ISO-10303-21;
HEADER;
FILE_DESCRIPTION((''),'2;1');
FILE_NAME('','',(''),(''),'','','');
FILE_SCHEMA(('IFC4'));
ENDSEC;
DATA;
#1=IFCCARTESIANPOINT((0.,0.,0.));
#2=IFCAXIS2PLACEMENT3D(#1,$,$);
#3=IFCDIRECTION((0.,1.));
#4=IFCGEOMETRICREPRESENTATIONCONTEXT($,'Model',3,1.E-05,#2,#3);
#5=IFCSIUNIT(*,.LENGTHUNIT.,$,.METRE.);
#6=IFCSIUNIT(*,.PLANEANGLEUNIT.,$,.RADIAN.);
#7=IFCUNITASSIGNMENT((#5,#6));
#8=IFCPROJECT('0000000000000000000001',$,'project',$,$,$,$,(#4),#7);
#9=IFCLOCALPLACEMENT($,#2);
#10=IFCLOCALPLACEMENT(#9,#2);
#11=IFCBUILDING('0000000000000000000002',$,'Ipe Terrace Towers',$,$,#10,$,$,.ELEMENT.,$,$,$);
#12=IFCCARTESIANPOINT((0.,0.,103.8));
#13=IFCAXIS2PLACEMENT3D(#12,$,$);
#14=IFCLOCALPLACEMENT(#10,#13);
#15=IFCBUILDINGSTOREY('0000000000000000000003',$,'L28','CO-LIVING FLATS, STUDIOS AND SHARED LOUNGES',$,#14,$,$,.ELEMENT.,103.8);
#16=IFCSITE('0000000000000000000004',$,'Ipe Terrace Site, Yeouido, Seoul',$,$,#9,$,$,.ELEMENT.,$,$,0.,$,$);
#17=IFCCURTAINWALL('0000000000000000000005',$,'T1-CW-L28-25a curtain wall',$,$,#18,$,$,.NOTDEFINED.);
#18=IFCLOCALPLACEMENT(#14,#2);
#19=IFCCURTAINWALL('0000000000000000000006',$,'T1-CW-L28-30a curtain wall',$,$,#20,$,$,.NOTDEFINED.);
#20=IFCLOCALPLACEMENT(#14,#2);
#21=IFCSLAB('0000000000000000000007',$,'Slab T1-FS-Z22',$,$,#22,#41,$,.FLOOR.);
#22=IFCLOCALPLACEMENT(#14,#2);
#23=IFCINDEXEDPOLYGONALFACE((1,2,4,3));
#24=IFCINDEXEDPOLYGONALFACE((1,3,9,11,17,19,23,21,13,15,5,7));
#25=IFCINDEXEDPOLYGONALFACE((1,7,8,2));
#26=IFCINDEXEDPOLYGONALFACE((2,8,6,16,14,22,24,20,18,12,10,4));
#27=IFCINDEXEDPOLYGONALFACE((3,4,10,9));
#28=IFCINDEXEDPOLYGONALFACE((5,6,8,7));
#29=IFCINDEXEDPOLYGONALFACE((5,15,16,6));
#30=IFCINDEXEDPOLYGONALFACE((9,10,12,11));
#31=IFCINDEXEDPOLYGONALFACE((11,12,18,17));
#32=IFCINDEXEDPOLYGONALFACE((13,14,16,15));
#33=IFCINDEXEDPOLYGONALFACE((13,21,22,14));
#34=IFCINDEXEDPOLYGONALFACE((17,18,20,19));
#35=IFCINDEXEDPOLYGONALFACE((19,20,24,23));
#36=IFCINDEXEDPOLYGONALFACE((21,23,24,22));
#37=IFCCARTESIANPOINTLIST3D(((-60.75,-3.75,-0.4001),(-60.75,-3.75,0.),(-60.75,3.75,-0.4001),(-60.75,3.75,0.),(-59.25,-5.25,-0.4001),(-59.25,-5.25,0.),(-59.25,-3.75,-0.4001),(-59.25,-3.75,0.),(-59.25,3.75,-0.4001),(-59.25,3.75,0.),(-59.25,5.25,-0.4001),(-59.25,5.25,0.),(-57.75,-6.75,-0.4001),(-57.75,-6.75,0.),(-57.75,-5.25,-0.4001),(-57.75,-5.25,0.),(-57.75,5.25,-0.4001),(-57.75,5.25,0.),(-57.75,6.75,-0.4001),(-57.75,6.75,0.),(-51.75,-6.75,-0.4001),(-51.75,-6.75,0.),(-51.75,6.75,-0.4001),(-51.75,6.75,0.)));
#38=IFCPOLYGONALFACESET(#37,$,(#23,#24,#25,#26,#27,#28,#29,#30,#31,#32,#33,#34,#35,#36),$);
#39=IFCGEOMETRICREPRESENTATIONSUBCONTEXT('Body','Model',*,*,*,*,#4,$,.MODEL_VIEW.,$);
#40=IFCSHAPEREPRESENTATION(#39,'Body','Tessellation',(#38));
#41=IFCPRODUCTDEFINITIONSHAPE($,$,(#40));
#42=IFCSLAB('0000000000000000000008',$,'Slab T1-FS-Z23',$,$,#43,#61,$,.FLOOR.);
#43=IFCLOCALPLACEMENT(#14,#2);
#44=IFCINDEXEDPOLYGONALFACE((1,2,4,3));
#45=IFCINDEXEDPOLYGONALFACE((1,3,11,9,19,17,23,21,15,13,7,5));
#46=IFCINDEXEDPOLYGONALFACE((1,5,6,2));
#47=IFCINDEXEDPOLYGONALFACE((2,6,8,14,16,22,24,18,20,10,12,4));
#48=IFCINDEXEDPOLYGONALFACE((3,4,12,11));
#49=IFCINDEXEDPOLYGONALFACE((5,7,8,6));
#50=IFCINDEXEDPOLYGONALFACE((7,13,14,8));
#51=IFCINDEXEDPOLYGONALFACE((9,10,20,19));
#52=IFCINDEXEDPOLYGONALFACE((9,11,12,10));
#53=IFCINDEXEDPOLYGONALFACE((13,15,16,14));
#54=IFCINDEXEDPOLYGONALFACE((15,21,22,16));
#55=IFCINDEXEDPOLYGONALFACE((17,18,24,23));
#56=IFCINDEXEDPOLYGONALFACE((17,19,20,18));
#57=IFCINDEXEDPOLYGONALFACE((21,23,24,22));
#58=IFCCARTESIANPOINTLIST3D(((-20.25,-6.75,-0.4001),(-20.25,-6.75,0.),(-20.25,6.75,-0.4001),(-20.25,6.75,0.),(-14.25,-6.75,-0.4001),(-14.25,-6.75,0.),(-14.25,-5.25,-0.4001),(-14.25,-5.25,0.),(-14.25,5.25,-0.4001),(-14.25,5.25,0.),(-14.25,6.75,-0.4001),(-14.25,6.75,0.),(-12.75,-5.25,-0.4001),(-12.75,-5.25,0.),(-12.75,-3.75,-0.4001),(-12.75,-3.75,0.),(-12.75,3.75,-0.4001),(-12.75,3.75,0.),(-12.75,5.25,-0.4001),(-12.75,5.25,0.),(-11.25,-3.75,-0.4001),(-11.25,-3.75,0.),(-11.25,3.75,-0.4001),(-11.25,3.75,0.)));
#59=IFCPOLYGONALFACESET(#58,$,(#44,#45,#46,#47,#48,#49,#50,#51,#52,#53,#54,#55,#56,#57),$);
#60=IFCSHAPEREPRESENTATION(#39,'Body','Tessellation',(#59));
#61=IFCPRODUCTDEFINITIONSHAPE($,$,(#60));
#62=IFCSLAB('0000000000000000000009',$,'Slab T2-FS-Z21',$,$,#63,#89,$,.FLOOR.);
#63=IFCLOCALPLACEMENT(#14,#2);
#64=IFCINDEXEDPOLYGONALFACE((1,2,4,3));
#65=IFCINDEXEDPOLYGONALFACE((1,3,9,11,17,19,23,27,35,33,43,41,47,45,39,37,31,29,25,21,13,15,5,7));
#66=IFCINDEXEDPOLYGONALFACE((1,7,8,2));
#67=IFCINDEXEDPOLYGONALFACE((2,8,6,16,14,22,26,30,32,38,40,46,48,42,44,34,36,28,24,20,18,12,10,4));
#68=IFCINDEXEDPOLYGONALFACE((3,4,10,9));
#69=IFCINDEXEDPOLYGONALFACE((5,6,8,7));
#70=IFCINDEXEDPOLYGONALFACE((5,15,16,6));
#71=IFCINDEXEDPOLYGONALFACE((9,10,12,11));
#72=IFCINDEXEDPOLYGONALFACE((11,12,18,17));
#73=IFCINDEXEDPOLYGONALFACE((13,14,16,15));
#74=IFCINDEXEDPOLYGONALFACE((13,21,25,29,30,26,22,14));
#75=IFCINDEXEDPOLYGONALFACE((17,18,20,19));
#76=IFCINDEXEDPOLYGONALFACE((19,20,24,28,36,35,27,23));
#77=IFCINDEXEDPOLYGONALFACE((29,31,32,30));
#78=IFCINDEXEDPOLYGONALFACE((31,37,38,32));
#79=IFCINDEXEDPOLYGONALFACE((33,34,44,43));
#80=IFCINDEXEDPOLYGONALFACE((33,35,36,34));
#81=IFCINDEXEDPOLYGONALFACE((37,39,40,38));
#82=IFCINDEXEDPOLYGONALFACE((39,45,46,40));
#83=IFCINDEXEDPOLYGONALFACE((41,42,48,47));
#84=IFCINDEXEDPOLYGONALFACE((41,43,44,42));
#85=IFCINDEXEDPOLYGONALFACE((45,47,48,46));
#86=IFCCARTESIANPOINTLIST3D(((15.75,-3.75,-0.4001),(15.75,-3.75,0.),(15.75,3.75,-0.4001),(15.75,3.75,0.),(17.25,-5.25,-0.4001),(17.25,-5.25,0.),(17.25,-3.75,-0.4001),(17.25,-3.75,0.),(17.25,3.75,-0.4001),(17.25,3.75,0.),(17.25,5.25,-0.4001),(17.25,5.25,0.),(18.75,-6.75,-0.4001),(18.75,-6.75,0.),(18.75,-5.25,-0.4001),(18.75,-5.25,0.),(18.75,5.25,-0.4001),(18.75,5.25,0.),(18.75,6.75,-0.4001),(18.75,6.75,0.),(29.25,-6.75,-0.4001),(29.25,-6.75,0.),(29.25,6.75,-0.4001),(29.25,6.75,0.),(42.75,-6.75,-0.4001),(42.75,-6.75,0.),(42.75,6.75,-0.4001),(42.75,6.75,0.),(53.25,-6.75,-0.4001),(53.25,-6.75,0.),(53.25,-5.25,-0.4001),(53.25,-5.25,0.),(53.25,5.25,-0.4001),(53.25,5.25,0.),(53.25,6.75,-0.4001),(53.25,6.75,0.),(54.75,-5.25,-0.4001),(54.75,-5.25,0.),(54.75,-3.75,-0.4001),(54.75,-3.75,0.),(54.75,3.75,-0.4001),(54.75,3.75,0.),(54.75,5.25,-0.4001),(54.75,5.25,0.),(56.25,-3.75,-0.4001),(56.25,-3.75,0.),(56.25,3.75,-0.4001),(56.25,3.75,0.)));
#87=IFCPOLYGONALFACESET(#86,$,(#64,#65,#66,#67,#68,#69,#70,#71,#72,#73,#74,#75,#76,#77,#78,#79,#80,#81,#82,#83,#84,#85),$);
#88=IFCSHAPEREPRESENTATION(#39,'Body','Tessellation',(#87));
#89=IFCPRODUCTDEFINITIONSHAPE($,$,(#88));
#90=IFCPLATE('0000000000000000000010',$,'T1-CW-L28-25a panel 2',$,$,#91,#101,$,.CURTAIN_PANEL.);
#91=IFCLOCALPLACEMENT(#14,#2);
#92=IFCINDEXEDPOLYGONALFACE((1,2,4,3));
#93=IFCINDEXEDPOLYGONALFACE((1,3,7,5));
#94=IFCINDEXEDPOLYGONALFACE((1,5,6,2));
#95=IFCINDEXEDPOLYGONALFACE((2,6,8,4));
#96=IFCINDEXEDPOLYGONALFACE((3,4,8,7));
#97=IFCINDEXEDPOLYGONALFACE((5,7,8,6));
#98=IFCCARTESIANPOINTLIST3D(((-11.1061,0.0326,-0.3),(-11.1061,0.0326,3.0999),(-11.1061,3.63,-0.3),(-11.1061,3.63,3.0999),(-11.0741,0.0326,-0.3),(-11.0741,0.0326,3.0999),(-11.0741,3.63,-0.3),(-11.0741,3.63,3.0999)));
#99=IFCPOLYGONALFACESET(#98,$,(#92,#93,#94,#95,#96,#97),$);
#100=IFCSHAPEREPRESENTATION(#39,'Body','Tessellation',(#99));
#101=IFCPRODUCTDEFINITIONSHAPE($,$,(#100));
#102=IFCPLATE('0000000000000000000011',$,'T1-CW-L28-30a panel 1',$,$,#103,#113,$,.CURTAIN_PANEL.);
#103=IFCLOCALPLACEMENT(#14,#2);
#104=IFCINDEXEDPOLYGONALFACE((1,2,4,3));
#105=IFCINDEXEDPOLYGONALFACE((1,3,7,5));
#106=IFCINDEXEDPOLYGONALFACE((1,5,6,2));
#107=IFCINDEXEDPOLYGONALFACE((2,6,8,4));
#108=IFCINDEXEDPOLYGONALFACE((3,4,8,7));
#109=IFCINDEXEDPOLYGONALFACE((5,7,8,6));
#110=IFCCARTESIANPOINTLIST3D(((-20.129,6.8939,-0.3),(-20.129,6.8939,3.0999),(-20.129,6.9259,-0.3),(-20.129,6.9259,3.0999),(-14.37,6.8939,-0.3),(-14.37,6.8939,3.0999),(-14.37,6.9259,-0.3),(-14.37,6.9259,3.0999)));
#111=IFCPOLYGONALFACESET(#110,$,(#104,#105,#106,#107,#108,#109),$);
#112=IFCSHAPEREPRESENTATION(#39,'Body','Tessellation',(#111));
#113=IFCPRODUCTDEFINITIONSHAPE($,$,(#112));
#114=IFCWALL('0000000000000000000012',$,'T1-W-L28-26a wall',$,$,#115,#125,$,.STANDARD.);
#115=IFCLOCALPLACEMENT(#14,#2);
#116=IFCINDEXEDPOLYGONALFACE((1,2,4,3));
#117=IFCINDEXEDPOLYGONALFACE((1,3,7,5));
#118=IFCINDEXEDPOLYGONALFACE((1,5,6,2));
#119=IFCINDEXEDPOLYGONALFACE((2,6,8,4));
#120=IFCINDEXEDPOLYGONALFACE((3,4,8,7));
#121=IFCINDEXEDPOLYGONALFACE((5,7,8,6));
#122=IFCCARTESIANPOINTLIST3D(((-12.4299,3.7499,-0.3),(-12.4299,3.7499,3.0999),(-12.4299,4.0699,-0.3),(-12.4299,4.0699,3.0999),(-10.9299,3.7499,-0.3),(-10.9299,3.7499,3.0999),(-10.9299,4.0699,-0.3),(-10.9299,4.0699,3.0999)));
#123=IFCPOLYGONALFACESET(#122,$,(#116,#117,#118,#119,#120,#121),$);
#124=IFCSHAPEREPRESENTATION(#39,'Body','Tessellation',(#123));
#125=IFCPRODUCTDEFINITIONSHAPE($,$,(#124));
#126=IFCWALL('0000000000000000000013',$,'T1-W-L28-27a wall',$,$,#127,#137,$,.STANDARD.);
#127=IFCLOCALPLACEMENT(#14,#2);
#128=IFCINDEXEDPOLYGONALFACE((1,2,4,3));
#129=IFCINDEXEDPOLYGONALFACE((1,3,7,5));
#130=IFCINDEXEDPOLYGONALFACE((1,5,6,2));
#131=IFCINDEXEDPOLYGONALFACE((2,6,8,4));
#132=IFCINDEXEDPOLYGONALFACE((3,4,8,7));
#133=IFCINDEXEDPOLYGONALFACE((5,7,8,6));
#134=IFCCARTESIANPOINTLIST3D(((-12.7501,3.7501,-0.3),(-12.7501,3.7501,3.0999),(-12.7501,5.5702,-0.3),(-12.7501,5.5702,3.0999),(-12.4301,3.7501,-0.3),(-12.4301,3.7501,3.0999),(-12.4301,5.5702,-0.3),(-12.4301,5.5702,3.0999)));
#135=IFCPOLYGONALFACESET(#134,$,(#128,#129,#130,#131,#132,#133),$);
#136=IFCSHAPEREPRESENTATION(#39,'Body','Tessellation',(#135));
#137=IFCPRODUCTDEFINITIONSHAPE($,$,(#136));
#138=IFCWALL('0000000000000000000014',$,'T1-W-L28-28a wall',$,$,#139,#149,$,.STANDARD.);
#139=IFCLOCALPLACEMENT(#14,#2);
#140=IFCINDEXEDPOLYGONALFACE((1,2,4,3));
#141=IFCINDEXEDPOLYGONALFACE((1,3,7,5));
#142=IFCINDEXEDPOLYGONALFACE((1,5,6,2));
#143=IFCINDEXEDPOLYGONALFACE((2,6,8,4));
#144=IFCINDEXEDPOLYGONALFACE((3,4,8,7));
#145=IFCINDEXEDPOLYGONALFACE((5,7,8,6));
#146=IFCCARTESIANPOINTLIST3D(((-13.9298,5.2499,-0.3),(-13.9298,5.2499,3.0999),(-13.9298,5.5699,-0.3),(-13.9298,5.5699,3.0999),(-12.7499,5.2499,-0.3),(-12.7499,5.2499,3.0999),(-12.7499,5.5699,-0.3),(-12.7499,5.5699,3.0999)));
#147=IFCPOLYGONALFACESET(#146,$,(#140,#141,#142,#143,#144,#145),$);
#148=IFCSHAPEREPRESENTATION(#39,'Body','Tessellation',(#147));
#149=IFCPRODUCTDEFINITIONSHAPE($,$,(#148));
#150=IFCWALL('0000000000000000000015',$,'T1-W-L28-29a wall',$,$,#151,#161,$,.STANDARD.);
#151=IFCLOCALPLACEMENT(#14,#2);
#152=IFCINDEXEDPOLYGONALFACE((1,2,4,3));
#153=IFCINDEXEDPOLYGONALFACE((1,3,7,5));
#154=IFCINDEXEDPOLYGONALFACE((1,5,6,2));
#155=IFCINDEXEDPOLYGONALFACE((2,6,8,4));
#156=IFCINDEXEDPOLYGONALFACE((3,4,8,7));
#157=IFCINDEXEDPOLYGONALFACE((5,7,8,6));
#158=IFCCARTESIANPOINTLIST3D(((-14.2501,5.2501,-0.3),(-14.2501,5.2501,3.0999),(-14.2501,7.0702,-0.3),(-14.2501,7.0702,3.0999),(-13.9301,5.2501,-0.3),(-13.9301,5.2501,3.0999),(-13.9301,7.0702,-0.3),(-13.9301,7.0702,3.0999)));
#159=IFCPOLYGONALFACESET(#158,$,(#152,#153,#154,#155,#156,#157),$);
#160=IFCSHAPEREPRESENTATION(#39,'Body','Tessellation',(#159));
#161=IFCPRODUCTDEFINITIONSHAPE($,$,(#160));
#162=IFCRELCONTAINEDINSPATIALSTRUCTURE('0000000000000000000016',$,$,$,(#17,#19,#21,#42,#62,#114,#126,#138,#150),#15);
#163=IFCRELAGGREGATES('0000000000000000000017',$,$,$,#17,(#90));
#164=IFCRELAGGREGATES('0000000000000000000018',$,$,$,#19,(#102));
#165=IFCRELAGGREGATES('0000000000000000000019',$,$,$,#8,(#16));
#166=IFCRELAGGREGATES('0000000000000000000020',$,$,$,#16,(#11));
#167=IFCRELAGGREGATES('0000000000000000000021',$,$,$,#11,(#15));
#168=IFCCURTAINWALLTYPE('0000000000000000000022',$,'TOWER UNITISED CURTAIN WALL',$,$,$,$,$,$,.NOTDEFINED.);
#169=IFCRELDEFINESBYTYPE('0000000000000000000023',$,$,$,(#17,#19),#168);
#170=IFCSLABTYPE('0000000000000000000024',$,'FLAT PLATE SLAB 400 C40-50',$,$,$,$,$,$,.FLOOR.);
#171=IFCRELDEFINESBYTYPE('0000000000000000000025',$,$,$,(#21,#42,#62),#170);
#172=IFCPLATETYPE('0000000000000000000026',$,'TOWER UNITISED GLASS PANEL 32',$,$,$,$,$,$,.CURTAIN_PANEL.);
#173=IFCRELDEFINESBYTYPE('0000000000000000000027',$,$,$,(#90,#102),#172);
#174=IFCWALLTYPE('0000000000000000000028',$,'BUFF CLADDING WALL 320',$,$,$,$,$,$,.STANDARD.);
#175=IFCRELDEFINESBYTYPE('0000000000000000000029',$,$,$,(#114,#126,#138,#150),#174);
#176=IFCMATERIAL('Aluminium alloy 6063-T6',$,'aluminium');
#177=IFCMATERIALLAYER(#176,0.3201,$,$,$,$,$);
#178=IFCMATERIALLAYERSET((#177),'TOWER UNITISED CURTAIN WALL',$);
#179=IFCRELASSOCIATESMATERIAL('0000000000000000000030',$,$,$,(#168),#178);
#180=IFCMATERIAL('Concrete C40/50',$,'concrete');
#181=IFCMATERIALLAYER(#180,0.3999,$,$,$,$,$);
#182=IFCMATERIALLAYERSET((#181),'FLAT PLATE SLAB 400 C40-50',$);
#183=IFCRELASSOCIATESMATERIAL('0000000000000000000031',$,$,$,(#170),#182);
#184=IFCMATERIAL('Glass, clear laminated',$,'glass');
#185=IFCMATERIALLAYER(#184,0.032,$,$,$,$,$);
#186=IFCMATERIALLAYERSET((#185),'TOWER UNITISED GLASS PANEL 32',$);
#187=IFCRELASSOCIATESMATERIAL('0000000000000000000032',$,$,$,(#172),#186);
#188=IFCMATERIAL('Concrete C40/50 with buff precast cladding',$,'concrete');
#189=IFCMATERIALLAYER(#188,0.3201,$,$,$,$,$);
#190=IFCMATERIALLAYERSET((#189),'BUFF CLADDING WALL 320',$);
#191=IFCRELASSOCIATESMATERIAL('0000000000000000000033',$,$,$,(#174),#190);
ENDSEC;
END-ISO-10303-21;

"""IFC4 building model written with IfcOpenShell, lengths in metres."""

from ifc_helpers import new_model, si_unit, direction, frame, frame_2d, origin, origin_2d, place, context, subcontext, project, spatial, polyline, rectangle, outline, extrude, material, layer, layer_set, type_object, element, aggregate, save


model = new_model("IFC4")

# Units and contexts
model_context = context("Model", 3, precision=1e-05, world=origin(), true_north=direction((0.0, 1.0)))
body_context = subcontext(model_context, "Body", "Model", "MODEL_VIEW")
ifc_project = project(units=[si_unit("LENGTHUNIT", "METRE"), si_unit("PLANEANGLEUNIT", "RADIAN")], contexts=[model_context])

# Site, building, storey
site_placement = place(None, origin())
site = spatial("IfcSite", under=ifc_project, at=site_placement, Name="Ipe Terrace Site, Yeouido, Seoul", CompositionType="ELEMENT", RefElevation=0.0)
building_placement = place(site_placement, origin())
building = spatial("IfcBuilding", under=site, at=building_placement, Name="Ipe Terrace Towers", CompositionType="ELEMENT")
storey_placement = place(building_placement, frame((0.0, 0.0, 103.8)))
storey = spatial("IfcBuildingStorey", under=building, at=storey_placement, Name="L28", Description="CO-LIVING FLATS, STUDIOS AND SHARED LOUNGES", CompositionType="ELEMENT", Elevation=103.8)

# Curtain wall
ifc_material_1 = material(Name="Aluminium alloy 6063-T6", Category="aluminium")
ifc_layer_1 = layer(ifc_material_1, 0.3201)
ifc_layer_set_1 = layer_set([ifc_layer_1], Name="TOWER UNITISED CURTAIN WALL")
curtain_wall_type = type_object("IfcCurtainWallType", Name="TOWER UNITISED CURTAIN WALL", PredefinedType="NOTDEFINED", material=ifc_layer_set_1)
curtain_wall_1_placement = place(storey_placement, origin())
curtain_wall_1 = element("IfcCurtainWall", 1, at=curtain_wall_1_placement, inside=storey, type_object=curtain_wall_type, Name="T1-CW-L28-25a curtain wall", PredefinedType="NOTDEFINED")

# Curtain wall
curtain_wall_2_placement = place(storey_placement, origin())
curtain_wall_2 = element("IfcCurtainWall", 2, at=curtain_wall_2_placement, inside=storey, type_object=curtain_wall_type, Name="T1-CW-L28-30a curtain wall", PredefinedType="NOTDEFINED")

# Slabs
ifc_material_2 = material(Name="Concrete C40/50", Category="concrete")
ifc_layer_2 = layer(ifc_material_2, 0.3999)
ifc_layer_set_2 = layer_set([ifc_layer_2], Name="FLAT PLATE SLAB 400 C40-50")
slab_type = type_object("IfcSlabType", Name="FLAT PLATE SLAB 400 C40-50", PredefinedType="FLOOR", material=ifc_layer_set_2)
slab_1_placement = place(storey_placement, frame((0.0, 0.0, -0.4001)))
element("IfcSlab", 3, at=slab_1_placement, inside=storey, type_object=slab_type, Name="Slab T1-FS-Z22", PredefinedType="FLOOR", context=body_context, shape_type="SweptSolid", body=[
    extrude(outline(polyline([(-57.75, -6.75), (-57.75, -5.25), (-59.25, -5.25), (-59.25, -3.75), (-60.75, -3.75), (-60.75, 3.75), (-59.25, 3.75), (-59.25, 5.25), (-57.75, 5.25), (-57.75, 6.75), (-51.75, 6.75), (-51.75, -6.75), (-57.75, -6.75)])), origin(), (0.0, 0.0, 1.0), 0.4001),
])
slab_2_placement = place(storey_placement, frame((0.0, 0.0, -0.4001)))
element("IfcSlab", 4, at=slab_2_placement, inside=storey, type_object=slab_type, Name="Slab T1-FS-Z23", PredefinedType="FLOOR", context=body_context, shape_type="SweptSolid", body=[
    extrude(outline(polyline([(-14.25, 5.25), (-12.75, 5.25), (-12.75, 3.75), (-11.25, 3.75), (-11.25, -3.75), (-12.75, -3.75), (-12.75, -5.25), (-14.25, -5.25), (-14.25, -6.75), (-20.25, -6.75), (-20.25, 6.75), (-14.25, 6.75), (-14.25, 5.25)])), origin(), (0.0, 0.0, 1.0), 0.4001),
])
slab_3_placement = place(storey_placement, frame((0.0, 0.0, -0.4001)))
element("IfcSlab", 5, at=slab_3_placement, inside=storey, type_object=slab_type, Name="Slab T2-FS-Z21", PredefinedType="FLOOR", context=body_context, shape_type="SweptSolid", body=[
    extrude(outline(polyline([(53.25, 5.25), (54.75, 5.25), (54.75, 3.75), (56.25, 3.75), (56.25, -3.75), (54.75, -3.75), (54.75, -5.25), (53.25, -5.25), (53.25, -6.75), (42.75, -6.75), (29.25, -6.75), (18.75, -6.75), (18.75, -5.25), (17.25, -5.25), (17.25, -3.75), (15.75, -3.75), (15.75, 3.75), (17.25, 3.75), (17.25, 5.25), (18.75, 5.25), (18.75, 6.75), (29.25, 6.75), (42.75, 6.75), (53.25, 6.75), (53.25, 5.25)])), origin(), (0.0, 0.0, 1.0), 0.4001),
])

# Plates
ifc_material_3 = material(Name="Glass, clear laminated", Category="glass")
ifc_layer_3 = layer(ifc_material_3, 0.032)
ifc_layer_set_3 = layer_set([ifc_layer_3], Name="TOWER UNITISED GLASS PANEL 32")
plate_type = type_object("IfcPlateType", Name="TOWER UNITISED GLASS PANEL 32", PredefinedType="CURTAIN_PANEL", material=ifc_layer_set_3)
plate_1_placement = place(storey_placement, frame((-11.0901, 1.8313, -0.3), z_axis=(0.0, 0.0, 1.0), x_axis=(0.0, 1.0, 0.0)))
plate_1 = element("IfcPlate", 6, at=plate_1_placement, type_object=plate_type, Name="T1-CW-L28-25a panel 2", PredefinedType="CURTAIN_PANEL", context=body_context, shape_type="SweptSolid", body=[
    extrude(rectangle(XDim=3.5974, YDim=0.032, at=origin_2d()), origin(), (0.0, 0.0, 1.0), 3.3999),
])
aggregate(curtain_wall_1, [plate_1])
plate_2_placement = place(storey_placement, frame((-17.2495, 6.9099, -0.3), z_axis=(0.0, 0.0, 1.0), x_axis=(-1.0, 0.0, 0.0)))
plate_2 = element("IfcPlate", 7, at=plate_2_placement, type_object=plate_type, Name="T1-CW-L28-30a panel 1", PredefinedType="CURTAIN_PANEL", context=body_context, shape_type="SweptSolid", body=[
    extrude(rectangle(XDim=5.759, YDim=0.032, at=origin_2d()), origin(), (0.0, 0.0, 1.0), 3.3999),
])
aggregate(curtain_wall_2, [plate_2])

# Walls
ifc_material_4 = material(Name="Concrete C40/50 with buff precast cladding", Category="concrete")
ifc_layer_4 = layer(ifc_material_4, 0.3201)
ifc_layer_set_4 = layer_set([ifc_layer_4], Name="BUFF CLADDING WALL 320")
wall_type_1 = type_object("IfcWallType", Name="BUFF CLADDING WALL 320", PredefinedType="STANDARD", material=ifc_layer_set_4)
wall_1_placement = place(storey_placement, frame((-10.9299, 3.9099, -0.3), z_axis=(0.0, 0.0, 1.0), x_axis=(-1.0, 0.0, 0.0)))
element("IfcWall", 8, at=wall_1_placement, inside=storey, type_object=wall_type_1, Name="T1-W-L28-26a wall", PredefinedType="STANDARD", context=body_context, shape_type="SweptSolid", body=[
    extrude(rectangle(XDim=1.5, YDim=0.3201, at=frame_2d((0.75, 0.0))), origin(), (0.0, 0.0, 1.0), 3.3999),
])
wall_2_placement = place(storey_placement, frame((-12.5901, 3.75, -0.3), z_axis=(0.0, 0.0, 1.0), x_axis=(0.0, 1.0, 0.0)))
element("IfcWall", 9, at=wall_2_placement, inside=storey, type_object=wall_type_1, Name="T1-W-L28-27a wall", PredefinedType="STANDARD", context=body_context, shape_type="SweptSolid", body=[
    extrude(rectangle(XDim=1.8201, YDim=0.3201, at=frame_2d((0.9102, 0.0))), origin(), (0.0, 0.0, 1.0), 3.3999),
])
wall_3_placement = place(storey_placement, frame((-12.75, 5.4099, -0.3), z_axis=(0.0, 0.0, 1.0), x_axis=(-1.0, 0.0, 0.0)))
element("IfcWall", 10, at=wall_3_placement, inside=storey, type_object=wall_type_1, Name="T1-W-L28-28a wall", PredefinedType="STANDARD", context=body_context, shape_type="SweptSolid", body=[
    extrude(rectangle(XDim=1.1799, YDim=0.3201, at=frame_2d((0.5898, 0.0))), origin(), (0.0, 0.0, 1.0), 3.3999),
])
wall_4_placement = place(storey_placement, frame((-14.0901, 5.25, -0.3), z_axis=(0.0, 0.0, 1.0), x_axis=(0.0, 1.0, 0.0)))
element("IfcWall", 11, at=wall_4_placement, inside=storey, type_object=wall_type_1, Name="T1-W-L28-29a wall", PredefinedType="STANDARD", context=body_context, shape_type="SweptSolid", body=[
    extrude(rectangle(XDim=1.8201, YDim=0.3201, at=frame_2d((0.9102, 0.0))), origin(), (0.0, 0.0, 1.0), 3.3999),
])

save(model, "model.ifc")
